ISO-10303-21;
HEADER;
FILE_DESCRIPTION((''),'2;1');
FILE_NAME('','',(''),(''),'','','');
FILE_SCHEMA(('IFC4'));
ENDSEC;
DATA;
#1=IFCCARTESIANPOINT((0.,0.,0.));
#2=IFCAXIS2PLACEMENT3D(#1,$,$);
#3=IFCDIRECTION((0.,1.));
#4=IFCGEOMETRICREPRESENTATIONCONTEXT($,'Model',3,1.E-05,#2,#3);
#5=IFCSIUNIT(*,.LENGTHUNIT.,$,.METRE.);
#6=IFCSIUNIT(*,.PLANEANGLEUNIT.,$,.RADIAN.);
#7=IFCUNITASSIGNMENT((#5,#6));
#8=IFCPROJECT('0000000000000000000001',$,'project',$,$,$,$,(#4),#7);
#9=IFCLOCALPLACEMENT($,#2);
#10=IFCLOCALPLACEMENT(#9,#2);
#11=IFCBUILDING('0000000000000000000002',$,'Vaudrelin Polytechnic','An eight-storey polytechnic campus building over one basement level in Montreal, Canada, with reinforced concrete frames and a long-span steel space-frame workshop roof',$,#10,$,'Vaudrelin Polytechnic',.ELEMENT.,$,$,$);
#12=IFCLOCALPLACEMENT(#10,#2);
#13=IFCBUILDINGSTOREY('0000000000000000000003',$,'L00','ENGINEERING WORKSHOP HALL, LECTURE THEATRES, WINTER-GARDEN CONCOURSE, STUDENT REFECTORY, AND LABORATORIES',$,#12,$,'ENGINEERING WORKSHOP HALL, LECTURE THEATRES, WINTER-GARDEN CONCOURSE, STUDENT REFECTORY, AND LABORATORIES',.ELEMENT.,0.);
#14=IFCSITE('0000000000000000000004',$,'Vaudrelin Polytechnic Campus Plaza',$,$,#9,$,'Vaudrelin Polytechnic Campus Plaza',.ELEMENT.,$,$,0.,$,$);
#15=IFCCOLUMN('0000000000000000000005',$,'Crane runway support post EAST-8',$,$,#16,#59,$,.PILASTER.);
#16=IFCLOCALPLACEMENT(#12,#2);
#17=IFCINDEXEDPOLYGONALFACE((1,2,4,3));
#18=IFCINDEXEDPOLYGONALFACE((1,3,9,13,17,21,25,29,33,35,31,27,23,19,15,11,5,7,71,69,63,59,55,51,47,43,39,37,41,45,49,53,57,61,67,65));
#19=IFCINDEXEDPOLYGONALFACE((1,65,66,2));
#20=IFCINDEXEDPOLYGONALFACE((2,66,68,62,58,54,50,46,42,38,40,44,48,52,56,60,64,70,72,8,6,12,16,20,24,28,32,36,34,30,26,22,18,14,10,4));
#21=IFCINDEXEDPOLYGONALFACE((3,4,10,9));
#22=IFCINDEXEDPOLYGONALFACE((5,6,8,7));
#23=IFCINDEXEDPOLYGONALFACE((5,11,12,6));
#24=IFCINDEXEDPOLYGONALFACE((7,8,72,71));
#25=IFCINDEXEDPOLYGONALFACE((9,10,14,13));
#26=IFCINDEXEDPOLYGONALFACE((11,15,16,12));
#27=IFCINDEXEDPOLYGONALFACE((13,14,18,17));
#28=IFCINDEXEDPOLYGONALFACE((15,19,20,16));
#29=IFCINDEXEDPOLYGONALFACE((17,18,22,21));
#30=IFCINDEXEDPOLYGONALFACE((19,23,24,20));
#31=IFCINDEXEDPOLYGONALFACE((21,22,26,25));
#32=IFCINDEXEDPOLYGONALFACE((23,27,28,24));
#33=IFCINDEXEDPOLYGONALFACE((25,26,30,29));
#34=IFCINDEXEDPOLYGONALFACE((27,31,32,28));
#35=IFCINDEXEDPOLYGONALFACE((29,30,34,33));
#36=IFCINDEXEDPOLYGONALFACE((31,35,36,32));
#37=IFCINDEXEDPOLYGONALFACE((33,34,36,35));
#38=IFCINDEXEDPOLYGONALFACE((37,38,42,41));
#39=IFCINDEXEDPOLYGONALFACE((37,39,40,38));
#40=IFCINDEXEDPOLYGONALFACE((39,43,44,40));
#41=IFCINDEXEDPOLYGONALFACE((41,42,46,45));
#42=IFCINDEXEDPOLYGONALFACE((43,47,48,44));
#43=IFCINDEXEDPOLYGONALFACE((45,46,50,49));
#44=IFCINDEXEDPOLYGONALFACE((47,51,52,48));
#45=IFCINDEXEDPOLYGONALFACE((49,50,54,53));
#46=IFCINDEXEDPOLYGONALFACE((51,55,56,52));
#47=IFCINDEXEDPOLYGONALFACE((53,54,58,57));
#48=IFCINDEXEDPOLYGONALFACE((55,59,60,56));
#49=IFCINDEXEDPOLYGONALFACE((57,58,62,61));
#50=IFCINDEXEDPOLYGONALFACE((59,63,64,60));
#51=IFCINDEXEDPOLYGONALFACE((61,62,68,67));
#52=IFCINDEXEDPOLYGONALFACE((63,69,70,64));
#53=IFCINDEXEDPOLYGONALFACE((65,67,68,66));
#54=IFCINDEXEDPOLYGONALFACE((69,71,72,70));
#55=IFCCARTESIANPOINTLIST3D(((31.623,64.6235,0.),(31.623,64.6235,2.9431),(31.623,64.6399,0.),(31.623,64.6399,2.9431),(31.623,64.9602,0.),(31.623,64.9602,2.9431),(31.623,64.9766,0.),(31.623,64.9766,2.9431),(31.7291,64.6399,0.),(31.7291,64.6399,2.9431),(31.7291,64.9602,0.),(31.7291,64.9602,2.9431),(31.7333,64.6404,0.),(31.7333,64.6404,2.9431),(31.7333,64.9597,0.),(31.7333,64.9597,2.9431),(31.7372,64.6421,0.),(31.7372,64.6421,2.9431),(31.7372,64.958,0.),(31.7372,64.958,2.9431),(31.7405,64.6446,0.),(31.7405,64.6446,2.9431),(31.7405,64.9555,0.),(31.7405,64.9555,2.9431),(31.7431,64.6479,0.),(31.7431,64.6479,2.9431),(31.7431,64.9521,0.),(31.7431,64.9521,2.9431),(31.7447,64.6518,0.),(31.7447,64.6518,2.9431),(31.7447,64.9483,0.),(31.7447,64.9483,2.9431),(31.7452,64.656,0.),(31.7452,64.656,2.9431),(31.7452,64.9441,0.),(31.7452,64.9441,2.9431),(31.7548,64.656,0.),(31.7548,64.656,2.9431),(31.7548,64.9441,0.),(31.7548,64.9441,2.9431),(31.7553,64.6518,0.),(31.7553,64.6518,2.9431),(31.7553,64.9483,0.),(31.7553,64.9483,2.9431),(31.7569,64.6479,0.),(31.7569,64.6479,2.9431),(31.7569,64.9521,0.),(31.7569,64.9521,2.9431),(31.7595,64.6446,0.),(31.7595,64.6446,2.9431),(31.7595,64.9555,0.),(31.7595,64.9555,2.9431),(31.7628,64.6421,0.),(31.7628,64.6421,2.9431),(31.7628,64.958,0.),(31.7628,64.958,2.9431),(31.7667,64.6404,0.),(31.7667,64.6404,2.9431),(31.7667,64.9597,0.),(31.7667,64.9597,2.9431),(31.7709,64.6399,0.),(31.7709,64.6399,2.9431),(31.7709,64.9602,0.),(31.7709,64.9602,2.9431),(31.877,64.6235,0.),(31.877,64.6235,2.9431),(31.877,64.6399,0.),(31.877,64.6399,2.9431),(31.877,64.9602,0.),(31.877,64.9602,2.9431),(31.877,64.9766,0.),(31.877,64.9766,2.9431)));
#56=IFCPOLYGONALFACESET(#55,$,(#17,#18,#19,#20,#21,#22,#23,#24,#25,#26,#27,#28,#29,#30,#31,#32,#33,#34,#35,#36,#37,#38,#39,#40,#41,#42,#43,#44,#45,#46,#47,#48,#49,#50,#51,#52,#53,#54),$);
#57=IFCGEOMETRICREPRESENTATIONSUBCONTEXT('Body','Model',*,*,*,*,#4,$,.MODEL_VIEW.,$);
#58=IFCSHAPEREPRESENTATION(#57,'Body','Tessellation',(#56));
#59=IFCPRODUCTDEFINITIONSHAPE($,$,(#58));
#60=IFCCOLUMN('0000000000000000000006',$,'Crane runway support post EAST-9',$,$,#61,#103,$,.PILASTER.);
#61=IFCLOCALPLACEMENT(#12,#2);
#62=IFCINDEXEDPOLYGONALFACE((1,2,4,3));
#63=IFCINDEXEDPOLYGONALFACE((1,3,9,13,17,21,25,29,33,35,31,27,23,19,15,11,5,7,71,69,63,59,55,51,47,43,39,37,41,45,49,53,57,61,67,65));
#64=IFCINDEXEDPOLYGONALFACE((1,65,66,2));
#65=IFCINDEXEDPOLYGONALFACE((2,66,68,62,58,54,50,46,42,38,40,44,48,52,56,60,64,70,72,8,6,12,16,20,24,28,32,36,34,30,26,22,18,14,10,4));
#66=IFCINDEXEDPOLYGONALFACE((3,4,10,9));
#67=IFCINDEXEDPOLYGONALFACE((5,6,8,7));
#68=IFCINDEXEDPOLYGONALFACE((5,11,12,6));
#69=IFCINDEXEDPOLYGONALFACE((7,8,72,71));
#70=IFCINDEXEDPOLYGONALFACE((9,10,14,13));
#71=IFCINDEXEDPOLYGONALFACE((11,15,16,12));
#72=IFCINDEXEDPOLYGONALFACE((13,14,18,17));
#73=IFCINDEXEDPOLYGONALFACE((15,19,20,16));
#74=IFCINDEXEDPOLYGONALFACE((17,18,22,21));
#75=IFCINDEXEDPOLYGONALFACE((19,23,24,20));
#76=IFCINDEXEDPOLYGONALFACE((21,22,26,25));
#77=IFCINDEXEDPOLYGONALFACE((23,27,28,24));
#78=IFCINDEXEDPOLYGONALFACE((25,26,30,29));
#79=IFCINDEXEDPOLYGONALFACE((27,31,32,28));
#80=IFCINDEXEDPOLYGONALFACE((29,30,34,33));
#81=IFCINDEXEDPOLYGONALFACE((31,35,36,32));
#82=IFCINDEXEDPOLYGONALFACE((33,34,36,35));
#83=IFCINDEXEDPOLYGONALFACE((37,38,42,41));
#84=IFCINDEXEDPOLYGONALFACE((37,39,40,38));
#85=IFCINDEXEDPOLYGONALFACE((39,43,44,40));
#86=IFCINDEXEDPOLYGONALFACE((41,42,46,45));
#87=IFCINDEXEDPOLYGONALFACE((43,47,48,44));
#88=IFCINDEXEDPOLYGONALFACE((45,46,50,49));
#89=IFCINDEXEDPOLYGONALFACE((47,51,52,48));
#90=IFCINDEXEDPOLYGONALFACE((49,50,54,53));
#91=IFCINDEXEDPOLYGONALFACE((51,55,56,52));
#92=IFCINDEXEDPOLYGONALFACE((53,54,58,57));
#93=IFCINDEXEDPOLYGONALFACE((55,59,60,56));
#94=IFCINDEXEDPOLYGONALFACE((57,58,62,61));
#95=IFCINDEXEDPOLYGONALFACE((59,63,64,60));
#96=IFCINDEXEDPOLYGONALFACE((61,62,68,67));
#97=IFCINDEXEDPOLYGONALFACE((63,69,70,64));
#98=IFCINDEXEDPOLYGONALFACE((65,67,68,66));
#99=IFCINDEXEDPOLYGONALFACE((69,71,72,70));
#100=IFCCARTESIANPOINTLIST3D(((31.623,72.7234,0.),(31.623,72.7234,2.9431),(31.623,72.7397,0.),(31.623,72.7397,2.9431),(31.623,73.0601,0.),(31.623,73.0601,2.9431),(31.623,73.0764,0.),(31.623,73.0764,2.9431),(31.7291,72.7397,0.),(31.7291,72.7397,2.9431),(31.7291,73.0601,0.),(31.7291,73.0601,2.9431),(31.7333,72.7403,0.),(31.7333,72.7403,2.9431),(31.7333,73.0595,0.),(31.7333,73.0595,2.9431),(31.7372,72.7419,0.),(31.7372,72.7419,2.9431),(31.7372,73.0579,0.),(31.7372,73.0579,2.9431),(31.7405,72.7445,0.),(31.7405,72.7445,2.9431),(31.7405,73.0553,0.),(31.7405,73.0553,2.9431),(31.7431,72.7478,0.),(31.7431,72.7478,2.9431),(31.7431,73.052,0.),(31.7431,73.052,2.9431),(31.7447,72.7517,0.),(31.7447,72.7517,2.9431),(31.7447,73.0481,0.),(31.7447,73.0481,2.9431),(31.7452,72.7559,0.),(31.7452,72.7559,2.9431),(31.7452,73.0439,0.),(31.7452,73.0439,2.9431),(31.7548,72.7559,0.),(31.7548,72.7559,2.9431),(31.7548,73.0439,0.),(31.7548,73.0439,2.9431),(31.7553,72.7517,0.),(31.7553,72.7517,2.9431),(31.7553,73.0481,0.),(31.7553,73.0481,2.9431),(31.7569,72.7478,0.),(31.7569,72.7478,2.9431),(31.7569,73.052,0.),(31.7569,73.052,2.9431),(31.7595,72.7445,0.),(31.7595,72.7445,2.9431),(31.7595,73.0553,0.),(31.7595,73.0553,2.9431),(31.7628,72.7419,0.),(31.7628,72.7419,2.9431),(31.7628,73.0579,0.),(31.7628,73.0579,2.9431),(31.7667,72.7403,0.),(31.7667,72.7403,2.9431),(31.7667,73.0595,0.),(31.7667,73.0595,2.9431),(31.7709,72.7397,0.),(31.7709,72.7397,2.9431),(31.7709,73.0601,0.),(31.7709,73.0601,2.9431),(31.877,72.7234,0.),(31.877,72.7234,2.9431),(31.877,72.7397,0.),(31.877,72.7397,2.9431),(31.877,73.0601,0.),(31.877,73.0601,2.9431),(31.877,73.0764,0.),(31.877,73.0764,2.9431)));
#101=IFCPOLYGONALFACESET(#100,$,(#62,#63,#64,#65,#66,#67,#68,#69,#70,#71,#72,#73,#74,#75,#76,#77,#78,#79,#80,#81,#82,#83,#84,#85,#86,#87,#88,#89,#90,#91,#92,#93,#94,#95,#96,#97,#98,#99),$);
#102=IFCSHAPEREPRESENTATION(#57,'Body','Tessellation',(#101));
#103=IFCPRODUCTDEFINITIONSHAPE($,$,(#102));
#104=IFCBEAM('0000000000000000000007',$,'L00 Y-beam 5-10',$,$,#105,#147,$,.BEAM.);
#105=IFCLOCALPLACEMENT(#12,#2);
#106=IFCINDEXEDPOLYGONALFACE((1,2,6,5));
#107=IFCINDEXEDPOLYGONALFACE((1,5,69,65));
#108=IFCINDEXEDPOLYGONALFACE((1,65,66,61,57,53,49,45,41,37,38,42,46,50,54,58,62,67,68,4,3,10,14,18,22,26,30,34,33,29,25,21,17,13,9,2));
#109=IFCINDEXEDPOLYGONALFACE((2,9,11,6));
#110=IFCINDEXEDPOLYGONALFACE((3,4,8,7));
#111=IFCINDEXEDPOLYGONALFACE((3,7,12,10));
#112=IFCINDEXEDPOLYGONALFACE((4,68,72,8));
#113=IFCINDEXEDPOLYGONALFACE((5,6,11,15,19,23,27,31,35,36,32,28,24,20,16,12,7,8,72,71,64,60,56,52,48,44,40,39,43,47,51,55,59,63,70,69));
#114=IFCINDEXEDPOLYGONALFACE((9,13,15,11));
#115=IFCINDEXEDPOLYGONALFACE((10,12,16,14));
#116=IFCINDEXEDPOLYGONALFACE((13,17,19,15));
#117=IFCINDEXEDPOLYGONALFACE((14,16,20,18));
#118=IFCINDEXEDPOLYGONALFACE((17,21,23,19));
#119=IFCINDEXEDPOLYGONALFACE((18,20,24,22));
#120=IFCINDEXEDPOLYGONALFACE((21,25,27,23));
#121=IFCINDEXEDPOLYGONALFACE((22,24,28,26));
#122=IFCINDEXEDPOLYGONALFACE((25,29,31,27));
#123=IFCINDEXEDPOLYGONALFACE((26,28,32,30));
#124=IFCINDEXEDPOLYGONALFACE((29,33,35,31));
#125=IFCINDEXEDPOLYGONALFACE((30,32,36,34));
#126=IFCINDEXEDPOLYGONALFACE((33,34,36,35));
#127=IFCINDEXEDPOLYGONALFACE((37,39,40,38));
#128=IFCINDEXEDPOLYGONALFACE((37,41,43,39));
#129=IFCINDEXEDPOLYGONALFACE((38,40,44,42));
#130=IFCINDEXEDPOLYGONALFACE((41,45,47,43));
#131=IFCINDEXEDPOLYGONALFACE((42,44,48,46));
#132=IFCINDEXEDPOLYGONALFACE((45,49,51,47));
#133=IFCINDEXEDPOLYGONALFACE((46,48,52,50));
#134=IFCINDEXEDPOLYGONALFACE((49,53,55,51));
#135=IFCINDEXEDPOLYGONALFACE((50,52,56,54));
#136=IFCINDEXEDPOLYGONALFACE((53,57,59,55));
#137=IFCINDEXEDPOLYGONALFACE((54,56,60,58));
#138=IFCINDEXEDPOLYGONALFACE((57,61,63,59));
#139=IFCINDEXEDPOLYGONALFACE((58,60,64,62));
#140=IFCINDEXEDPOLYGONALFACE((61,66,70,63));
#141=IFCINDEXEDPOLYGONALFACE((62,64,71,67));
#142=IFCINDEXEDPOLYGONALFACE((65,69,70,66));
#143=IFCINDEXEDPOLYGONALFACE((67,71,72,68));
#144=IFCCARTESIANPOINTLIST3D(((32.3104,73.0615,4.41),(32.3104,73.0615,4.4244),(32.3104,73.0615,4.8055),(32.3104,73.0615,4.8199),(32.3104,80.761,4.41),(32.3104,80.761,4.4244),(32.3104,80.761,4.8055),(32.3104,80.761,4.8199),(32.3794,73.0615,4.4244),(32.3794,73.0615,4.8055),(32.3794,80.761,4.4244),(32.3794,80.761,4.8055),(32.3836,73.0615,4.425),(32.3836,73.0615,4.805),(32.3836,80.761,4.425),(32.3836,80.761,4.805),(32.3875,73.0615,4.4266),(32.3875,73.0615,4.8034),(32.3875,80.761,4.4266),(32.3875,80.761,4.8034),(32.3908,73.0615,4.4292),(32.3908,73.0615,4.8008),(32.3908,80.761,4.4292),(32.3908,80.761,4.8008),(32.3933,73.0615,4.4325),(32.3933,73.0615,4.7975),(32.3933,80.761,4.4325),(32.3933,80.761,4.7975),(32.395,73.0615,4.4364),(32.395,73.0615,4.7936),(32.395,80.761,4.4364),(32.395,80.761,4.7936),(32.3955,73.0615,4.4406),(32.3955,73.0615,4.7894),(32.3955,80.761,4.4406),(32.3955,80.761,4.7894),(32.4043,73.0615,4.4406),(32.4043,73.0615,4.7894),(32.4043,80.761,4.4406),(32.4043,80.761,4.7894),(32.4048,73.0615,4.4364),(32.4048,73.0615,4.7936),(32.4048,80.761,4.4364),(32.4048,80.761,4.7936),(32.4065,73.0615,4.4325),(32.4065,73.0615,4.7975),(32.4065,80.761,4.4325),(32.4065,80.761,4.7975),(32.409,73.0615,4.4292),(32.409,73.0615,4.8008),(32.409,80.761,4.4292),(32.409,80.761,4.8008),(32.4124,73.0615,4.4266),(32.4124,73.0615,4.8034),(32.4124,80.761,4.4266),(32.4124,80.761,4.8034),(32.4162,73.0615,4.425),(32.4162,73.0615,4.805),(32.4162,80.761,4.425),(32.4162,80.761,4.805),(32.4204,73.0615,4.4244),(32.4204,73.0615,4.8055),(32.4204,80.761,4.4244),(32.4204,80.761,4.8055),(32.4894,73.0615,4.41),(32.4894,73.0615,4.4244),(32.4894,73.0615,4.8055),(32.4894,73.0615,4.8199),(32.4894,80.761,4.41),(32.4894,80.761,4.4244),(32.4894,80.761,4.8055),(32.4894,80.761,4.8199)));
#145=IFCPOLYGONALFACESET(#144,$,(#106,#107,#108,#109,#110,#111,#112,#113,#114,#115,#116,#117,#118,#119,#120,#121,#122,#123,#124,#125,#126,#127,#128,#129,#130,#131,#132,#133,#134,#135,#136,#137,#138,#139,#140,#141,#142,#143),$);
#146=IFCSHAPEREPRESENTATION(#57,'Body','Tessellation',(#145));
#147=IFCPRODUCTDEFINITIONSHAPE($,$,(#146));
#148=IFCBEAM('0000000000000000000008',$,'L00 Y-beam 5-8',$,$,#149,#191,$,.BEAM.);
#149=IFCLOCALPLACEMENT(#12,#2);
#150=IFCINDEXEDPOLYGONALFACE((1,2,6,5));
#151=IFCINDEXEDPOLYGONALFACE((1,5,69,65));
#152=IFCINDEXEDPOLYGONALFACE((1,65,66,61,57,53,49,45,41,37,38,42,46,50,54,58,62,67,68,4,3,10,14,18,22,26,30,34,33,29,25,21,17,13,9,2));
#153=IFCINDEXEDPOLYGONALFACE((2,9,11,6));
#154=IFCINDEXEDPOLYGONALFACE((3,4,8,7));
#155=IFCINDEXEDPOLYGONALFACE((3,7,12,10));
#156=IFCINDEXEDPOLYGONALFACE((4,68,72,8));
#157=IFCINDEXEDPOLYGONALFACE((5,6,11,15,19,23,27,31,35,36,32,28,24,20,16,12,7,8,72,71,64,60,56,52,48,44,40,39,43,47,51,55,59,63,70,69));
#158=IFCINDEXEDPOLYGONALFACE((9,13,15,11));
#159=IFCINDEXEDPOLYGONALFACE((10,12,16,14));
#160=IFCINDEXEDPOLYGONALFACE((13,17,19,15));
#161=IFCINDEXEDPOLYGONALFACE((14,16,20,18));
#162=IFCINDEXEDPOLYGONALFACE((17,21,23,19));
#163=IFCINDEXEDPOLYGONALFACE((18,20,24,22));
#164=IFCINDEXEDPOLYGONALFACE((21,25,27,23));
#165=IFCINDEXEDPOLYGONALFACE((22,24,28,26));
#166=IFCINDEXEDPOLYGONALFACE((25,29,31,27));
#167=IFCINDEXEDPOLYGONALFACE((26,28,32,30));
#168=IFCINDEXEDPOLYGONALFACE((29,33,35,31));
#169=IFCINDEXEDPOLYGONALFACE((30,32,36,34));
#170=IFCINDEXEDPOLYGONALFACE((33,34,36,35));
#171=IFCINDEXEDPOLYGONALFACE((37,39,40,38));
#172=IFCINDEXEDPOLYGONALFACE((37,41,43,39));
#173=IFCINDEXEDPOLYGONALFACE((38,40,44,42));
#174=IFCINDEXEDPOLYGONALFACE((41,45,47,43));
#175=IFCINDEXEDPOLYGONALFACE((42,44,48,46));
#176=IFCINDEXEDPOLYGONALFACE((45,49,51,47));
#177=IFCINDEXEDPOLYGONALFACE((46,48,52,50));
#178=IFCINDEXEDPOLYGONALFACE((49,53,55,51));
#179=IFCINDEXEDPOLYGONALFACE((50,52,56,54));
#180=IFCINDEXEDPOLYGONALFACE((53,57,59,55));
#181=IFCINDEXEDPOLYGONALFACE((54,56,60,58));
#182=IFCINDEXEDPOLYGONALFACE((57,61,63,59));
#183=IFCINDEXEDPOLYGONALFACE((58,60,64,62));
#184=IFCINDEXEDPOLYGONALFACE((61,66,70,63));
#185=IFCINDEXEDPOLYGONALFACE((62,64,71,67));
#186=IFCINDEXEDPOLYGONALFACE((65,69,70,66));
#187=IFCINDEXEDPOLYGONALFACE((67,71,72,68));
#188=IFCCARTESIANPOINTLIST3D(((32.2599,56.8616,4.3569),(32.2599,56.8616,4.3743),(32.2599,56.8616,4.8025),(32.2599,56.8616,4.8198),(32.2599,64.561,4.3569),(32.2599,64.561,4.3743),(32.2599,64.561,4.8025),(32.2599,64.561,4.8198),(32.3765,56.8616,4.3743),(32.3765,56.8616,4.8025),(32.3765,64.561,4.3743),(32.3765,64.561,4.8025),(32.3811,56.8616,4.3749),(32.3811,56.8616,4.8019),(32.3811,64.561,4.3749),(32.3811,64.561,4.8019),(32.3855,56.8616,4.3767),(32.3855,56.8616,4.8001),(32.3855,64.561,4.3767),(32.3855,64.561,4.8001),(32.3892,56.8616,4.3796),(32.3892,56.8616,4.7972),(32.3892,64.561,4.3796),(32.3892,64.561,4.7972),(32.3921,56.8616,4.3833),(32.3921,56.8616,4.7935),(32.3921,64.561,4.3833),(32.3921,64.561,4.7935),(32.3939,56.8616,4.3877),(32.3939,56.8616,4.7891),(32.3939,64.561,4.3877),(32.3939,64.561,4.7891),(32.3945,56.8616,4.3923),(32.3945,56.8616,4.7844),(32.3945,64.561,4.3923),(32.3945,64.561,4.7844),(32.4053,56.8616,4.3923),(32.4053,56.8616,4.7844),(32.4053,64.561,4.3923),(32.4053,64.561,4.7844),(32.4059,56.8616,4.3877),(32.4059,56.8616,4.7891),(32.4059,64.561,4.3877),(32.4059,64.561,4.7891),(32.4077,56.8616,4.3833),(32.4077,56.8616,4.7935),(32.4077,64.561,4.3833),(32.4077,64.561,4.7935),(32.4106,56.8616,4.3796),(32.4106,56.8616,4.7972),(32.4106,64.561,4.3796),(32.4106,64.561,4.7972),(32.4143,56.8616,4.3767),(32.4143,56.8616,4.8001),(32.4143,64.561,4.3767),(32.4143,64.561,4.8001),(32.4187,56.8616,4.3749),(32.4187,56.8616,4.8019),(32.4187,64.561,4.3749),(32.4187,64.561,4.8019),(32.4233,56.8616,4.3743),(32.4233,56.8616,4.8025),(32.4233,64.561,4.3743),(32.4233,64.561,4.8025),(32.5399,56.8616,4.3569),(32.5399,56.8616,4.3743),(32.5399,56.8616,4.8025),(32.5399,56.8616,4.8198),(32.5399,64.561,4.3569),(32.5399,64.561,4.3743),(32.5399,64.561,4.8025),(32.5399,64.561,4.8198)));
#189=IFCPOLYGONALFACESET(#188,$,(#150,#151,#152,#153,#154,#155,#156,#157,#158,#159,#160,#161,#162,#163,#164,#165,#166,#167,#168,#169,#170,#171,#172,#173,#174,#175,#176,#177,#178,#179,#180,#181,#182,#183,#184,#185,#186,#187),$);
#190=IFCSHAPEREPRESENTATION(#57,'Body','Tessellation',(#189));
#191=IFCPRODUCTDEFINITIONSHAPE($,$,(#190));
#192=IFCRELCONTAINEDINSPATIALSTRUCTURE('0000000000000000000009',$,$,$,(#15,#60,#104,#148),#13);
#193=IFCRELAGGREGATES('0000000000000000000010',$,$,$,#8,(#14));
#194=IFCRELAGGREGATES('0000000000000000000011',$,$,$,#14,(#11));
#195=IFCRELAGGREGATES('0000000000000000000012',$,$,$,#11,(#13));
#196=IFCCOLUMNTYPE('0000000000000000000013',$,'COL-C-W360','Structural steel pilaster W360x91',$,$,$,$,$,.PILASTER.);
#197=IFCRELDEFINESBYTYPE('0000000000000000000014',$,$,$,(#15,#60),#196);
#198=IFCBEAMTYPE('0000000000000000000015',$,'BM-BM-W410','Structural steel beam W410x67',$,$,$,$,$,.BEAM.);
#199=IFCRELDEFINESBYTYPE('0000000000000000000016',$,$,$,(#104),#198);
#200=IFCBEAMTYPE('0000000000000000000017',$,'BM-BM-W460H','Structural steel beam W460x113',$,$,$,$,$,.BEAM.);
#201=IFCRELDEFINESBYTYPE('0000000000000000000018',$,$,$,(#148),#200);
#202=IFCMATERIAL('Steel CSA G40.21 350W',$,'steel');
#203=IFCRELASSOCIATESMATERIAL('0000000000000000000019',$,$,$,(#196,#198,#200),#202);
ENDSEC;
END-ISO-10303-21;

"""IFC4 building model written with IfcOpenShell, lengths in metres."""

from ifc_helpers import new_model, si_unit, direction, frame, origin, origin_2d, place, context, subcontext, project, spatial, i_section, extrude, material, material_profile, profile_set, type_object, element, save


model = new_model("IFC4")

# Units and contexts
model_context = context("Model", 3, precision=1e-05, world=origin(), true_north=direction((0.0, 1.0)))
body_context = subcontext(model_context, "Body", "Model", "MODEL_VIEW")
ifc_project = project(units=[si_unit("LENGTHUNIT", "METRE"), si_unit("PLANEANGLEUNIT", "RADIAN")], contexts=[model_context])

# Site, building, storey
site_placement = place(None, origin())
site = spatial("IfcSite", under=ifc_project, at=site_placement, Name="Vaudrelin Polytechnic Campus Plaza", LongName="Vaudrelin Polytechnic Campus Plaza", CompositionType="ELEMENT", RefElevation=0.0)
building_placement = place(site_placement, origin())
building = spatial("IfcBuilding", under=site, at=building_placement, Name="Vaudrelin Polytechnic", Description="An eight-storey polytechnic campus building over one basement level in Montreal, Canada, with reinforced concrete frames and a long-span steel space-frame workshop roof", LongName="Vaudrelin Polytechnic", CompositionType="ELEMENT")
storey_placement = place(building_placement, origin())
storey = spatial("IfcBuildingStorey", under=building, at=storey_placement, Name="L00", Description="ENGINEERING WORKSHOP HALL, LECTURE THEATRES, WINTER-GARDEN CONCOURSE, STUDENT REFECTORY, AND LABORATORIES", LongName="ENGINEERING WORKSHOP HALL, LECTURE THEATRES, WINTER-GARDEN CONCOURSE, STUDENT REFECTORY, AND LABORATORIES", CompositionType="ELEMENT", Elevation=0.0)

# Columns
ifc_material_1 = material(Name="Steel CSA G40.21 350W", Category="steel")
ifc_material_profile_1 = material_profile(ifc_material_1, i_section(OverallWidth=0.2539, OverallDepth=0.353, WebThickness=0.0095, FlangeThickness=0.0164, FilletRadius=0.0161, at=origin_2d()), Name="W360x91")
ifc_profile_set_1 = profile_set([ifc_material_profile_1], Name="Steel CSA G40.21 350W")
column_type_1 = type_object("IfcColumnType", Name="COL-C-W360", Description="Structural steel pilaster W360x91", PredefinedType="PILASTER", material=ifc_profile_set_1)
for number, where, z_axis, x_axis, name in (
    (1, (31.75, 64.8, 0.0), (0.0, 0.0, 1.0), (1.0, 0.0, 0.0), "Crane runway support post EAST-8"),
    (2, (31.75, 72.8999, 0.0), (0.0, 0.0, 1.0), (1.0, 0.0, 0.0), "Crane runway support post EAST-9"),
):
    element("IfcColumn", number, at=place(storey_placement, frame(where, z_axis=z_axis, x_axis=x_axis)), inside=storey, type_object=column_type_1, Name=name, PredefinedType="PILASTER", context=body_context, shape_type="SweptSolid", body=[
        extrude(i_section(OverallWidth=0.2539, OverallDepth=0.353, WebThickness=0.0095, FlangeThickness=0.0164, FilletRadius=0.0161, at=origin_2d()), origin(), (0.0, 0.0, 1.0), 2.9431),
    ])

# Beams
ifc_material_profile_2 = material_profile(ifc_material_1, i_section(OverallWidth=0.179, OverallDepth=0.4099, WebThickness=0.0088, FlangeThickness=0.0144, FilletRadius=0.0161, at=origin_2d()), Name="W410x67")
ifc_profile_set_2 = profile_set([ifc_material_profile_2], Name="Steel CSA G40.21 350W")
beam_type_1 = type_object("IfcBeamType", Name="BM-BM-W410", Description="Structural steel beam W410x67", PredefinedType="BEAM", material=ifc_profile_set_2)
beam_1_placement = place(storey_placement, frame((32.3999, 73.0615, 4.615), z_axis=(0.0, 1.0, 0.0), x_axis=(-1.0, 0.0, 0.0)))
element("IfcBeam", 3, at=beam_1_placement, inside=storey, type_object=beam_type_1, Name="L00 Y-beam 5-10", PredefinedType="BEAM", context=body_context, shape_type="SweptSolid", body=[
    extrude(i_section(OverallWidth=0.179, OverallDepth=0.4099, WebThickness=0.0088, FlangeThickness=0.0144, FilletRadius=0.0161, at=origin_2d()), origin(), (0.0, 0.0, 1.0), 7.6995),
])
ifc_material_profile_3 = material_profile(ifc_material_1, i_section(OverallWidth=0.28, OverallDepth=0.4629, WebThickness=0.0107, FlangeThickness=0.0173, FilletRadius=0.0181, at=origin_2d()), Name="W460x113")
ifc_profile_set_3 = profile_set([ifc_material_profile_3], Name="Steel CSA G40.21 350W")
beam_type_2 = type_object("IfcBeamType", Name="BM-BM-W460H", Description="Structural steel beam W460x113", PredefinedType="BEAM", material=ifc_profile_set_3)
beam_2_placement = place(storey_placement, frame((32.3999, 56.8616, 4.5884), z_axis=(0.0, 1.0, 0.0), x_axis=(-1.0, 0.0, 0.0)))
element("IfcBeam", 4, at=beam_2_placement, inside=storey, type_object=beam_type_2, Name="L00 Y-beam 5-8", PredefinedType="BEAM", context=body_context, shape_type="SweptSolid", body=[
    extrude(i_section(OverallWidth=0.28, OverallDepth=0.4629, WebThickness=0.0107, FlangeThickness=0.0173, FilletRadius=0.0181, at=origin_2d()), origin(), (0.0, 0.0, 1.0), 7.6995),
])

save(model, "model.ifc")
